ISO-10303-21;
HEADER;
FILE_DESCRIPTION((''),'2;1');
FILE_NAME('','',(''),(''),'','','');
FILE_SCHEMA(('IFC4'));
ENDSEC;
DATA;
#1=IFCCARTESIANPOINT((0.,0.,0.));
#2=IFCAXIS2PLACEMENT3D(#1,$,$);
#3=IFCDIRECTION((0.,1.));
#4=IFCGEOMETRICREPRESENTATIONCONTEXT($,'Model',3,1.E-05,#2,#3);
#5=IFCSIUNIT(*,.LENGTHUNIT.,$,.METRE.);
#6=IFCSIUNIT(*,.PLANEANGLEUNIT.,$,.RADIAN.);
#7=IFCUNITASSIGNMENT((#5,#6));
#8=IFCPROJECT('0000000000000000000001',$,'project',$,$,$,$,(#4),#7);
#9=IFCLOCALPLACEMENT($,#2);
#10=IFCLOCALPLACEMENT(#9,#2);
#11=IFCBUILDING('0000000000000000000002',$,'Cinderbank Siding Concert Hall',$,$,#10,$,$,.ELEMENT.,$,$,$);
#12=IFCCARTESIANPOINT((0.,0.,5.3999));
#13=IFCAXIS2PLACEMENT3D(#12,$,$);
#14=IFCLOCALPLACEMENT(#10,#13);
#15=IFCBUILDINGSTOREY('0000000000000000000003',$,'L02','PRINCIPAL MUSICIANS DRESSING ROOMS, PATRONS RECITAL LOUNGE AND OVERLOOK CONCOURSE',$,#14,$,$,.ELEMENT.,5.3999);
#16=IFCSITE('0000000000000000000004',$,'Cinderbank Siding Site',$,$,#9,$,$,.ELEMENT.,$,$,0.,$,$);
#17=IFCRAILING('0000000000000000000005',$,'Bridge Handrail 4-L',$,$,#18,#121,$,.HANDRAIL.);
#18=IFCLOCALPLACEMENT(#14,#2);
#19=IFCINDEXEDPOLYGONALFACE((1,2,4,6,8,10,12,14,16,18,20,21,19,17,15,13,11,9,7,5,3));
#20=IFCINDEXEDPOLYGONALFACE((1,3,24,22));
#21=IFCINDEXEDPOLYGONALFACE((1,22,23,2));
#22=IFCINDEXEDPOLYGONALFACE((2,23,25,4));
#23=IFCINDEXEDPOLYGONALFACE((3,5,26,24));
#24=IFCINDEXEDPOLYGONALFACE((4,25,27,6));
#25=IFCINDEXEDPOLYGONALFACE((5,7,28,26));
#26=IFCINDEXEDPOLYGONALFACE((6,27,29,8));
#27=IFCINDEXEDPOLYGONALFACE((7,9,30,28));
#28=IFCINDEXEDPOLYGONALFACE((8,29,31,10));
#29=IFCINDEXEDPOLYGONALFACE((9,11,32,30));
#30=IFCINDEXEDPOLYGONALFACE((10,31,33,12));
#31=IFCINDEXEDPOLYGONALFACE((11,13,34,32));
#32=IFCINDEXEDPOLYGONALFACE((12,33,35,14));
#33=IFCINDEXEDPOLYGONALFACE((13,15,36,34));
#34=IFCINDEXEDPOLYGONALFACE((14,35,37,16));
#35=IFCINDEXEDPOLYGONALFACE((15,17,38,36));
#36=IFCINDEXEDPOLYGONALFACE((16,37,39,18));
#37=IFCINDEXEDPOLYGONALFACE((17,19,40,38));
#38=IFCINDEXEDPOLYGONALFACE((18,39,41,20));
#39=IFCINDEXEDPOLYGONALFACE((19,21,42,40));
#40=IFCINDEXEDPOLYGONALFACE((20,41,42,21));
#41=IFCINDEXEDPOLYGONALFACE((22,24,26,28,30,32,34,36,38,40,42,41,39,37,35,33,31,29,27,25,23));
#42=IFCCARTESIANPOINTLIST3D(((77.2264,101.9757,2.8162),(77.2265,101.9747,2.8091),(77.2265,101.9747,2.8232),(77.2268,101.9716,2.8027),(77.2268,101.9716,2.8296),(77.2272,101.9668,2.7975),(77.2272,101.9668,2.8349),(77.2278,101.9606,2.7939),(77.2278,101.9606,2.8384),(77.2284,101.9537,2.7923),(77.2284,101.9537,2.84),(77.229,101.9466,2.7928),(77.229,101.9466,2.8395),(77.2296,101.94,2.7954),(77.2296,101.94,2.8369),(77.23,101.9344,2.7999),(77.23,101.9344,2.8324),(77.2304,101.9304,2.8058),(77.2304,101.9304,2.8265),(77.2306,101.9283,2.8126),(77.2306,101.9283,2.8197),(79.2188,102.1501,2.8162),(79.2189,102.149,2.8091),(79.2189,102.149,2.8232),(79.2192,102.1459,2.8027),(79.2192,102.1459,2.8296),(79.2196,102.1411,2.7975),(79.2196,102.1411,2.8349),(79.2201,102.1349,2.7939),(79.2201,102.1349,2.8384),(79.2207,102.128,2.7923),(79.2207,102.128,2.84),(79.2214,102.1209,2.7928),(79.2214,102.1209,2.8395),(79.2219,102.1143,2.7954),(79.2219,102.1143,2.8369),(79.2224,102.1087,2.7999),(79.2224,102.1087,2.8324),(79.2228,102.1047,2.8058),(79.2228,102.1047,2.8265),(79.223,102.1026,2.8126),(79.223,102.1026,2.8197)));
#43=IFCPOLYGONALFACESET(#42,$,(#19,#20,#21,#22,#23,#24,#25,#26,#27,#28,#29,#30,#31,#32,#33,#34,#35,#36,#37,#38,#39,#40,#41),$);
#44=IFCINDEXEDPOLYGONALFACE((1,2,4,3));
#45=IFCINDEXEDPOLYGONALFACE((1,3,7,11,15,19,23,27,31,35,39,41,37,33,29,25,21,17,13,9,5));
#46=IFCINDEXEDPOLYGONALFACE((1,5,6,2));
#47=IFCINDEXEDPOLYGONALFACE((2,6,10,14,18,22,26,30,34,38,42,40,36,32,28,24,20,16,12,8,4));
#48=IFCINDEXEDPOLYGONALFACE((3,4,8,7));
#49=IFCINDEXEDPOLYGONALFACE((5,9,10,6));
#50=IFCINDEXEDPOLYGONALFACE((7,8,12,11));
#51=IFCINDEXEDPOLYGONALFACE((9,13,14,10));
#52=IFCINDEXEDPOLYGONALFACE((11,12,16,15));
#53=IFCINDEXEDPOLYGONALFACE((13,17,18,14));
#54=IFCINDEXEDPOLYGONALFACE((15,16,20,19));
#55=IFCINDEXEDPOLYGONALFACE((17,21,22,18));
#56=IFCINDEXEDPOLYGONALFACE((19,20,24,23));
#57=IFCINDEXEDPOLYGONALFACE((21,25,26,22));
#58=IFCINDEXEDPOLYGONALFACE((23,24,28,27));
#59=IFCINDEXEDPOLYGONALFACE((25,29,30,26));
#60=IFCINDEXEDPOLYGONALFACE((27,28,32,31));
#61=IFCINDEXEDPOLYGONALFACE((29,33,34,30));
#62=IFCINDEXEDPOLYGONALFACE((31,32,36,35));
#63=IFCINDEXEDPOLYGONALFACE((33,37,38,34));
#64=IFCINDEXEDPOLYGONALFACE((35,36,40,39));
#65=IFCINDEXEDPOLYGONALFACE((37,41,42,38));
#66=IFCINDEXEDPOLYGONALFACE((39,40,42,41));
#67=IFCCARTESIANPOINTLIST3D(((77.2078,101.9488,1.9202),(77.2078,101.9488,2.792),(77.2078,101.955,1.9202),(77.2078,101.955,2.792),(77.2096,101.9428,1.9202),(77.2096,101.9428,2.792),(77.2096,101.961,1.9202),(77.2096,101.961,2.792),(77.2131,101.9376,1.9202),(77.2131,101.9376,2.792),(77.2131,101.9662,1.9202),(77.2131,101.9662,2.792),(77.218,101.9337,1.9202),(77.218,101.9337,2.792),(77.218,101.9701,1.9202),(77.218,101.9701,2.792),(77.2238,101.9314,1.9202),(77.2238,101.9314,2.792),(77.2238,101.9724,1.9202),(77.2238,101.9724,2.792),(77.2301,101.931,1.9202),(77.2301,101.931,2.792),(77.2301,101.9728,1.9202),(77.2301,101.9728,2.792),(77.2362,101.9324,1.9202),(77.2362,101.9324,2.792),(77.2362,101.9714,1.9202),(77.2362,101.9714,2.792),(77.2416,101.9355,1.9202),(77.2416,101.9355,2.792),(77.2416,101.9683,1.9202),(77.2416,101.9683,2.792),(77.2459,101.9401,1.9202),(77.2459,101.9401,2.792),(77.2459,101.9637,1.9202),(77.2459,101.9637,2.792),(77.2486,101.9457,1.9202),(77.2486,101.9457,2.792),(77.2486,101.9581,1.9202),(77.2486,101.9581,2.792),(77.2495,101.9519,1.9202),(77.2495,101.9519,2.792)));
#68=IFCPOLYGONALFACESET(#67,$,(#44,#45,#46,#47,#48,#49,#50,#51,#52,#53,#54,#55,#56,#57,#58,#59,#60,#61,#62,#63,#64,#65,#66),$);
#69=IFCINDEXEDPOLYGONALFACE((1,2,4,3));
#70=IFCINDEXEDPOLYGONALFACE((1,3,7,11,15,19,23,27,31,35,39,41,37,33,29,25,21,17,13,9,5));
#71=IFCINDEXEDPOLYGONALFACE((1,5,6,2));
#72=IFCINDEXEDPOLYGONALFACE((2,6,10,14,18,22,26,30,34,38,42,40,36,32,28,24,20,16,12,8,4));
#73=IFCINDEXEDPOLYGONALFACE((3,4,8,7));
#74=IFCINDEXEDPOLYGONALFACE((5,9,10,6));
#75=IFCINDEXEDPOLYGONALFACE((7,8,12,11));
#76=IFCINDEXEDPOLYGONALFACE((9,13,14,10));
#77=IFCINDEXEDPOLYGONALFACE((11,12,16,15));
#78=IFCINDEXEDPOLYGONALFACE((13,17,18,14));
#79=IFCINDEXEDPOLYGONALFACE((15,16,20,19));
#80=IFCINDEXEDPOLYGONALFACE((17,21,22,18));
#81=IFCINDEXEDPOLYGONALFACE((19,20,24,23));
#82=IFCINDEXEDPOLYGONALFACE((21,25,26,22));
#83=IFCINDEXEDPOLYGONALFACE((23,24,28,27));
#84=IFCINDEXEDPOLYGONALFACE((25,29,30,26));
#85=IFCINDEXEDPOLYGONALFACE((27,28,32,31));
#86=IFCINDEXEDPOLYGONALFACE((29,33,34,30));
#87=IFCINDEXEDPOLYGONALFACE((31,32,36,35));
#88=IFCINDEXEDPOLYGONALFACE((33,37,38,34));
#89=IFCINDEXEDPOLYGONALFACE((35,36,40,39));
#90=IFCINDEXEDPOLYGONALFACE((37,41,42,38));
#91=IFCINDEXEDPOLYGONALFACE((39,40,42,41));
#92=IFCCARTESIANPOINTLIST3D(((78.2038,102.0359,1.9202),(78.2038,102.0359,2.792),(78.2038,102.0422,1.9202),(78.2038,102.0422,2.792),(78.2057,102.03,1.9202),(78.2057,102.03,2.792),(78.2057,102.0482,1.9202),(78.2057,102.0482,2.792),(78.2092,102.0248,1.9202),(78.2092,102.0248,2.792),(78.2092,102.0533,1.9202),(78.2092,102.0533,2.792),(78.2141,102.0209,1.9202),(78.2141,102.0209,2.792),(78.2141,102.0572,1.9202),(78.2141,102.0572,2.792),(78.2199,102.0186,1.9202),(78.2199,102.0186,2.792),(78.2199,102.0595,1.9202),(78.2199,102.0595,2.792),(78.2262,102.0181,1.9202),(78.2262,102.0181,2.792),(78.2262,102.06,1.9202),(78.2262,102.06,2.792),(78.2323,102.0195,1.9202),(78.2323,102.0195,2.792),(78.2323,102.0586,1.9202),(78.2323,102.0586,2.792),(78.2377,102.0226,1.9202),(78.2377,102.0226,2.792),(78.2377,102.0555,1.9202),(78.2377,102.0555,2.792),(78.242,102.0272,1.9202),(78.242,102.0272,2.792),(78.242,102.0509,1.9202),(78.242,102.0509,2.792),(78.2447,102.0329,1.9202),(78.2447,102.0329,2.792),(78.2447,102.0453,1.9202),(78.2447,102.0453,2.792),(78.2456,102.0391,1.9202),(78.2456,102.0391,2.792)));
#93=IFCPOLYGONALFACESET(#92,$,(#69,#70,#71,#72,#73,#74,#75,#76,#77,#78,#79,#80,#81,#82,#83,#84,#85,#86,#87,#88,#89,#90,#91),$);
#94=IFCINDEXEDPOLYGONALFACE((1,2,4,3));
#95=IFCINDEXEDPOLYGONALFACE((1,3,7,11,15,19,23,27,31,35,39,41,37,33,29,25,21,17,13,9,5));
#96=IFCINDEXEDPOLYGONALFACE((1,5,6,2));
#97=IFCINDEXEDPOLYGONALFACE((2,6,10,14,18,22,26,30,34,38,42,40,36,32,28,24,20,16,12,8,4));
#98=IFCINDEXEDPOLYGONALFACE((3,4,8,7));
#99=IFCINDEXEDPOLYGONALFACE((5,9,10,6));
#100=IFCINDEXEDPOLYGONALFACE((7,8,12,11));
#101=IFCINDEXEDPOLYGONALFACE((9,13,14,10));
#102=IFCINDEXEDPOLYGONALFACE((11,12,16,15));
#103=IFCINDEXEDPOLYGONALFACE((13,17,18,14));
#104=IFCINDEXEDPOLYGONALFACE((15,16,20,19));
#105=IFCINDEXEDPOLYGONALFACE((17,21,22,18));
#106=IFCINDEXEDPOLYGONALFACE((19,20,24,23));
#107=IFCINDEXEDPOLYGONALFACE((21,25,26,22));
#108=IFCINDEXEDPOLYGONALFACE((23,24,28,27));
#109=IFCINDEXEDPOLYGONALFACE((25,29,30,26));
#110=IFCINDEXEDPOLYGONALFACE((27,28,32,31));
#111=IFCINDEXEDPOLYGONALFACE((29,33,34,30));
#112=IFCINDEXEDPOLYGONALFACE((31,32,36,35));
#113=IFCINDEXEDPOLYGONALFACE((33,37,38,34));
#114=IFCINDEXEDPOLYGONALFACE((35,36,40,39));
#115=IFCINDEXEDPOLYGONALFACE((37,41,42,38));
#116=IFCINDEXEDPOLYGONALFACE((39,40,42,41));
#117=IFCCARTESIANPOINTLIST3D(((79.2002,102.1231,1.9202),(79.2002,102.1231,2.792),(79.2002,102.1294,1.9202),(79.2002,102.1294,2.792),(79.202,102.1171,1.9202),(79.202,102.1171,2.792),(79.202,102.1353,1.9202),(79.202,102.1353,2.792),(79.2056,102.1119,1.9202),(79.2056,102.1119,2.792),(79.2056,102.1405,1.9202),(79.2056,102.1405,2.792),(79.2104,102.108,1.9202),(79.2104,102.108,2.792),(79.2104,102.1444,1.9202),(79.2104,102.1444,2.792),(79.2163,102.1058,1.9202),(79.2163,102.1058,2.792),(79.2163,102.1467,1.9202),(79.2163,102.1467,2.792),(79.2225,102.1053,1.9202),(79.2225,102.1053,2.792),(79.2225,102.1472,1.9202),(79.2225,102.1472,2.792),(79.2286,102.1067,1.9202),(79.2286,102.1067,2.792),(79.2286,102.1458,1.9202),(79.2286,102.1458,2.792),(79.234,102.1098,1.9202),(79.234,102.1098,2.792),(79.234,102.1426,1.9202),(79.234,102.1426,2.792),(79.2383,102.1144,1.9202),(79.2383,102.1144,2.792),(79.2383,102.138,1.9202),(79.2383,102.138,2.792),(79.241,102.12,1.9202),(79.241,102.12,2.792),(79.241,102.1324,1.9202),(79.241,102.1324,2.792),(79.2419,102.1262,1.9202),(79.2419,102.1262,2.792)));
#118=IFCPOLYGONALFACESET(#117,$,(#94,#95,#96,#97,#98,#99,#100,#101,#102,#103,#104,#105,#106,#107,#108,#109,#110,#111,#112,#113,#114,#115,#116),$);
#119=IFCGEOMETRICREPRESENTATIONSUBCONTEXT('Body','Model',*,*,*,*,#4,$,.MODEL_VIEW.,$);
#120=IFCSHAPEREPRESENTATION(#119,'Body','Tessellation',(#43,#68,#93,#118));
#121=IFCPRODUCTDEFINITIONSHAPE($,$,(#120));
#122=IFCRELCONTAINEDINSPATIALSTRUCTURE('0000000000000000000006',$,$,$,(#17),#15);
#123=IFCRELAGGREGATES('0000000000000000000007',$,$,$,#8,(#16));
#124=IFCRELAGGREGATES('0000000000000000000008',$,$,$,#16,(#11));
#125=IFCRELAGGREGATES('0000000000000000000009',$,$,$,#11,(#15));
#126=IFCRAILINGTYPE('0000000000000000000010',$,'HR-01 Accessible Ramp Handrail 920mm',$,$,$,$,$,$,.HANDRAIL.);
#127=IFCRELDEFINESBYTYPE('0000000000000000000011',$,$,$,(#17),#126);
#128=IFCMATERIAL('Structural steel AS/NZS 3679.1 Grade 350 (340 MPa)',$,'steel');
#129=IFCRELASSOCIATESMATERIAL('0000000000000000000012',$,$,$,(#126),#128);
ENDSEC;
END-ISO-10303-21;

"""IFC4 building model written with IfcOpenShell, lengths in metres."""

from ifc_helpers import new_model, si_unit, direction, frame, origin, origin_2d, place, context, subcontext, project, spatial, circle, extrude, material, type_object, element, save


model = new_model("IFC4")

# Units and contexts
model_context = context("Model", 3, precision=1e-05, world=origin(), true_north=direction((0.0, 1.0)))
body_context = subcontext(model_context, "Body", "Model", "MODEL_VIEW")
ifc_project = project(units=[si_unit("LENGTHUNIT", "METRE"), si_unit("PLANEANGLEUNIT", "RADIAN")], contexts=[model_context])

# Site, building, storey
site_placement = place(None, origin())
site = spatial("IfcSite", under=ifc_project, at=site_placement, Name="Cinderbank Siding Site", CompositionType="ELEMENT", RefElevation=0.0)
building_placement = place(site_placement, origin())
building = spatial("IfcBuilding", under=site, at=building_placement, Name="Cinderbank Siding Concert Hall", CompositionType="ELEMENT")
storey_placement = place(building_placement, frame((0.0, 0.0, 5.3999)))
storey = spatial("IfcBuildingStorey", under=building, at=storey_placement, Name="L02", Description="PRINCIPAL MUSICIANS DRESSING ROOMS, PATRONS RECITAL LOUNGE AND OVERLOOK CONCOURSE", CompositionType="ELEMENT", Elevation=5.3999)

# Shared definitions
ifc_material_1 = material(Name="Structural steel AS/NZS 3679.1 Grade 350 (340 MPa)", Category="steel")

# Railing
railing_type_1 = type_object("IfcRailingType", Name="HR-01 Accessible Ramp Handrail 920mm", PredefinedType="HANDRAIL", material=ifc_material_1)
railing_1_placement = place(storey_placement, frame((77.2285, 101.9519, 1.9202)))
element("IfcRailing", 1, at=railing_1_placement, inside=storey, type_object=railing_type_1, Name="Bridge Handrail 4-L", PredefinedType="HANDRAIL", context=body_context, shape_type="SweptSolid", body=[
    extrude(circle(Radius=0.0239, at=origin_2d()), frame((0.0, 0.0, 0.896), z_axis=(0.996195, 0.087156, 0.0), x_axis=(-0.087156, 0.996195, 0.0)), (0.0, 0.0, 1.0), 2.0),
    extrude(circle(Radius=0.021, at=origin_2d()), origin(), (0.0, 0.0, 1.0), 0.8718),
    extrude(circle(Radius=0.021, at=origin_2d()), frame((0.9961, 0.0872, 0.0)), (0.0, 0.0, 1.0), 0.8718),
    extrude(circle(Radius=0.021, at=origin_2d()), frame((1.9924, 0.1743, 0.0)), (0.0, 0.0, 1.0), 0.8718),
])

save(model, "model.ifc")
